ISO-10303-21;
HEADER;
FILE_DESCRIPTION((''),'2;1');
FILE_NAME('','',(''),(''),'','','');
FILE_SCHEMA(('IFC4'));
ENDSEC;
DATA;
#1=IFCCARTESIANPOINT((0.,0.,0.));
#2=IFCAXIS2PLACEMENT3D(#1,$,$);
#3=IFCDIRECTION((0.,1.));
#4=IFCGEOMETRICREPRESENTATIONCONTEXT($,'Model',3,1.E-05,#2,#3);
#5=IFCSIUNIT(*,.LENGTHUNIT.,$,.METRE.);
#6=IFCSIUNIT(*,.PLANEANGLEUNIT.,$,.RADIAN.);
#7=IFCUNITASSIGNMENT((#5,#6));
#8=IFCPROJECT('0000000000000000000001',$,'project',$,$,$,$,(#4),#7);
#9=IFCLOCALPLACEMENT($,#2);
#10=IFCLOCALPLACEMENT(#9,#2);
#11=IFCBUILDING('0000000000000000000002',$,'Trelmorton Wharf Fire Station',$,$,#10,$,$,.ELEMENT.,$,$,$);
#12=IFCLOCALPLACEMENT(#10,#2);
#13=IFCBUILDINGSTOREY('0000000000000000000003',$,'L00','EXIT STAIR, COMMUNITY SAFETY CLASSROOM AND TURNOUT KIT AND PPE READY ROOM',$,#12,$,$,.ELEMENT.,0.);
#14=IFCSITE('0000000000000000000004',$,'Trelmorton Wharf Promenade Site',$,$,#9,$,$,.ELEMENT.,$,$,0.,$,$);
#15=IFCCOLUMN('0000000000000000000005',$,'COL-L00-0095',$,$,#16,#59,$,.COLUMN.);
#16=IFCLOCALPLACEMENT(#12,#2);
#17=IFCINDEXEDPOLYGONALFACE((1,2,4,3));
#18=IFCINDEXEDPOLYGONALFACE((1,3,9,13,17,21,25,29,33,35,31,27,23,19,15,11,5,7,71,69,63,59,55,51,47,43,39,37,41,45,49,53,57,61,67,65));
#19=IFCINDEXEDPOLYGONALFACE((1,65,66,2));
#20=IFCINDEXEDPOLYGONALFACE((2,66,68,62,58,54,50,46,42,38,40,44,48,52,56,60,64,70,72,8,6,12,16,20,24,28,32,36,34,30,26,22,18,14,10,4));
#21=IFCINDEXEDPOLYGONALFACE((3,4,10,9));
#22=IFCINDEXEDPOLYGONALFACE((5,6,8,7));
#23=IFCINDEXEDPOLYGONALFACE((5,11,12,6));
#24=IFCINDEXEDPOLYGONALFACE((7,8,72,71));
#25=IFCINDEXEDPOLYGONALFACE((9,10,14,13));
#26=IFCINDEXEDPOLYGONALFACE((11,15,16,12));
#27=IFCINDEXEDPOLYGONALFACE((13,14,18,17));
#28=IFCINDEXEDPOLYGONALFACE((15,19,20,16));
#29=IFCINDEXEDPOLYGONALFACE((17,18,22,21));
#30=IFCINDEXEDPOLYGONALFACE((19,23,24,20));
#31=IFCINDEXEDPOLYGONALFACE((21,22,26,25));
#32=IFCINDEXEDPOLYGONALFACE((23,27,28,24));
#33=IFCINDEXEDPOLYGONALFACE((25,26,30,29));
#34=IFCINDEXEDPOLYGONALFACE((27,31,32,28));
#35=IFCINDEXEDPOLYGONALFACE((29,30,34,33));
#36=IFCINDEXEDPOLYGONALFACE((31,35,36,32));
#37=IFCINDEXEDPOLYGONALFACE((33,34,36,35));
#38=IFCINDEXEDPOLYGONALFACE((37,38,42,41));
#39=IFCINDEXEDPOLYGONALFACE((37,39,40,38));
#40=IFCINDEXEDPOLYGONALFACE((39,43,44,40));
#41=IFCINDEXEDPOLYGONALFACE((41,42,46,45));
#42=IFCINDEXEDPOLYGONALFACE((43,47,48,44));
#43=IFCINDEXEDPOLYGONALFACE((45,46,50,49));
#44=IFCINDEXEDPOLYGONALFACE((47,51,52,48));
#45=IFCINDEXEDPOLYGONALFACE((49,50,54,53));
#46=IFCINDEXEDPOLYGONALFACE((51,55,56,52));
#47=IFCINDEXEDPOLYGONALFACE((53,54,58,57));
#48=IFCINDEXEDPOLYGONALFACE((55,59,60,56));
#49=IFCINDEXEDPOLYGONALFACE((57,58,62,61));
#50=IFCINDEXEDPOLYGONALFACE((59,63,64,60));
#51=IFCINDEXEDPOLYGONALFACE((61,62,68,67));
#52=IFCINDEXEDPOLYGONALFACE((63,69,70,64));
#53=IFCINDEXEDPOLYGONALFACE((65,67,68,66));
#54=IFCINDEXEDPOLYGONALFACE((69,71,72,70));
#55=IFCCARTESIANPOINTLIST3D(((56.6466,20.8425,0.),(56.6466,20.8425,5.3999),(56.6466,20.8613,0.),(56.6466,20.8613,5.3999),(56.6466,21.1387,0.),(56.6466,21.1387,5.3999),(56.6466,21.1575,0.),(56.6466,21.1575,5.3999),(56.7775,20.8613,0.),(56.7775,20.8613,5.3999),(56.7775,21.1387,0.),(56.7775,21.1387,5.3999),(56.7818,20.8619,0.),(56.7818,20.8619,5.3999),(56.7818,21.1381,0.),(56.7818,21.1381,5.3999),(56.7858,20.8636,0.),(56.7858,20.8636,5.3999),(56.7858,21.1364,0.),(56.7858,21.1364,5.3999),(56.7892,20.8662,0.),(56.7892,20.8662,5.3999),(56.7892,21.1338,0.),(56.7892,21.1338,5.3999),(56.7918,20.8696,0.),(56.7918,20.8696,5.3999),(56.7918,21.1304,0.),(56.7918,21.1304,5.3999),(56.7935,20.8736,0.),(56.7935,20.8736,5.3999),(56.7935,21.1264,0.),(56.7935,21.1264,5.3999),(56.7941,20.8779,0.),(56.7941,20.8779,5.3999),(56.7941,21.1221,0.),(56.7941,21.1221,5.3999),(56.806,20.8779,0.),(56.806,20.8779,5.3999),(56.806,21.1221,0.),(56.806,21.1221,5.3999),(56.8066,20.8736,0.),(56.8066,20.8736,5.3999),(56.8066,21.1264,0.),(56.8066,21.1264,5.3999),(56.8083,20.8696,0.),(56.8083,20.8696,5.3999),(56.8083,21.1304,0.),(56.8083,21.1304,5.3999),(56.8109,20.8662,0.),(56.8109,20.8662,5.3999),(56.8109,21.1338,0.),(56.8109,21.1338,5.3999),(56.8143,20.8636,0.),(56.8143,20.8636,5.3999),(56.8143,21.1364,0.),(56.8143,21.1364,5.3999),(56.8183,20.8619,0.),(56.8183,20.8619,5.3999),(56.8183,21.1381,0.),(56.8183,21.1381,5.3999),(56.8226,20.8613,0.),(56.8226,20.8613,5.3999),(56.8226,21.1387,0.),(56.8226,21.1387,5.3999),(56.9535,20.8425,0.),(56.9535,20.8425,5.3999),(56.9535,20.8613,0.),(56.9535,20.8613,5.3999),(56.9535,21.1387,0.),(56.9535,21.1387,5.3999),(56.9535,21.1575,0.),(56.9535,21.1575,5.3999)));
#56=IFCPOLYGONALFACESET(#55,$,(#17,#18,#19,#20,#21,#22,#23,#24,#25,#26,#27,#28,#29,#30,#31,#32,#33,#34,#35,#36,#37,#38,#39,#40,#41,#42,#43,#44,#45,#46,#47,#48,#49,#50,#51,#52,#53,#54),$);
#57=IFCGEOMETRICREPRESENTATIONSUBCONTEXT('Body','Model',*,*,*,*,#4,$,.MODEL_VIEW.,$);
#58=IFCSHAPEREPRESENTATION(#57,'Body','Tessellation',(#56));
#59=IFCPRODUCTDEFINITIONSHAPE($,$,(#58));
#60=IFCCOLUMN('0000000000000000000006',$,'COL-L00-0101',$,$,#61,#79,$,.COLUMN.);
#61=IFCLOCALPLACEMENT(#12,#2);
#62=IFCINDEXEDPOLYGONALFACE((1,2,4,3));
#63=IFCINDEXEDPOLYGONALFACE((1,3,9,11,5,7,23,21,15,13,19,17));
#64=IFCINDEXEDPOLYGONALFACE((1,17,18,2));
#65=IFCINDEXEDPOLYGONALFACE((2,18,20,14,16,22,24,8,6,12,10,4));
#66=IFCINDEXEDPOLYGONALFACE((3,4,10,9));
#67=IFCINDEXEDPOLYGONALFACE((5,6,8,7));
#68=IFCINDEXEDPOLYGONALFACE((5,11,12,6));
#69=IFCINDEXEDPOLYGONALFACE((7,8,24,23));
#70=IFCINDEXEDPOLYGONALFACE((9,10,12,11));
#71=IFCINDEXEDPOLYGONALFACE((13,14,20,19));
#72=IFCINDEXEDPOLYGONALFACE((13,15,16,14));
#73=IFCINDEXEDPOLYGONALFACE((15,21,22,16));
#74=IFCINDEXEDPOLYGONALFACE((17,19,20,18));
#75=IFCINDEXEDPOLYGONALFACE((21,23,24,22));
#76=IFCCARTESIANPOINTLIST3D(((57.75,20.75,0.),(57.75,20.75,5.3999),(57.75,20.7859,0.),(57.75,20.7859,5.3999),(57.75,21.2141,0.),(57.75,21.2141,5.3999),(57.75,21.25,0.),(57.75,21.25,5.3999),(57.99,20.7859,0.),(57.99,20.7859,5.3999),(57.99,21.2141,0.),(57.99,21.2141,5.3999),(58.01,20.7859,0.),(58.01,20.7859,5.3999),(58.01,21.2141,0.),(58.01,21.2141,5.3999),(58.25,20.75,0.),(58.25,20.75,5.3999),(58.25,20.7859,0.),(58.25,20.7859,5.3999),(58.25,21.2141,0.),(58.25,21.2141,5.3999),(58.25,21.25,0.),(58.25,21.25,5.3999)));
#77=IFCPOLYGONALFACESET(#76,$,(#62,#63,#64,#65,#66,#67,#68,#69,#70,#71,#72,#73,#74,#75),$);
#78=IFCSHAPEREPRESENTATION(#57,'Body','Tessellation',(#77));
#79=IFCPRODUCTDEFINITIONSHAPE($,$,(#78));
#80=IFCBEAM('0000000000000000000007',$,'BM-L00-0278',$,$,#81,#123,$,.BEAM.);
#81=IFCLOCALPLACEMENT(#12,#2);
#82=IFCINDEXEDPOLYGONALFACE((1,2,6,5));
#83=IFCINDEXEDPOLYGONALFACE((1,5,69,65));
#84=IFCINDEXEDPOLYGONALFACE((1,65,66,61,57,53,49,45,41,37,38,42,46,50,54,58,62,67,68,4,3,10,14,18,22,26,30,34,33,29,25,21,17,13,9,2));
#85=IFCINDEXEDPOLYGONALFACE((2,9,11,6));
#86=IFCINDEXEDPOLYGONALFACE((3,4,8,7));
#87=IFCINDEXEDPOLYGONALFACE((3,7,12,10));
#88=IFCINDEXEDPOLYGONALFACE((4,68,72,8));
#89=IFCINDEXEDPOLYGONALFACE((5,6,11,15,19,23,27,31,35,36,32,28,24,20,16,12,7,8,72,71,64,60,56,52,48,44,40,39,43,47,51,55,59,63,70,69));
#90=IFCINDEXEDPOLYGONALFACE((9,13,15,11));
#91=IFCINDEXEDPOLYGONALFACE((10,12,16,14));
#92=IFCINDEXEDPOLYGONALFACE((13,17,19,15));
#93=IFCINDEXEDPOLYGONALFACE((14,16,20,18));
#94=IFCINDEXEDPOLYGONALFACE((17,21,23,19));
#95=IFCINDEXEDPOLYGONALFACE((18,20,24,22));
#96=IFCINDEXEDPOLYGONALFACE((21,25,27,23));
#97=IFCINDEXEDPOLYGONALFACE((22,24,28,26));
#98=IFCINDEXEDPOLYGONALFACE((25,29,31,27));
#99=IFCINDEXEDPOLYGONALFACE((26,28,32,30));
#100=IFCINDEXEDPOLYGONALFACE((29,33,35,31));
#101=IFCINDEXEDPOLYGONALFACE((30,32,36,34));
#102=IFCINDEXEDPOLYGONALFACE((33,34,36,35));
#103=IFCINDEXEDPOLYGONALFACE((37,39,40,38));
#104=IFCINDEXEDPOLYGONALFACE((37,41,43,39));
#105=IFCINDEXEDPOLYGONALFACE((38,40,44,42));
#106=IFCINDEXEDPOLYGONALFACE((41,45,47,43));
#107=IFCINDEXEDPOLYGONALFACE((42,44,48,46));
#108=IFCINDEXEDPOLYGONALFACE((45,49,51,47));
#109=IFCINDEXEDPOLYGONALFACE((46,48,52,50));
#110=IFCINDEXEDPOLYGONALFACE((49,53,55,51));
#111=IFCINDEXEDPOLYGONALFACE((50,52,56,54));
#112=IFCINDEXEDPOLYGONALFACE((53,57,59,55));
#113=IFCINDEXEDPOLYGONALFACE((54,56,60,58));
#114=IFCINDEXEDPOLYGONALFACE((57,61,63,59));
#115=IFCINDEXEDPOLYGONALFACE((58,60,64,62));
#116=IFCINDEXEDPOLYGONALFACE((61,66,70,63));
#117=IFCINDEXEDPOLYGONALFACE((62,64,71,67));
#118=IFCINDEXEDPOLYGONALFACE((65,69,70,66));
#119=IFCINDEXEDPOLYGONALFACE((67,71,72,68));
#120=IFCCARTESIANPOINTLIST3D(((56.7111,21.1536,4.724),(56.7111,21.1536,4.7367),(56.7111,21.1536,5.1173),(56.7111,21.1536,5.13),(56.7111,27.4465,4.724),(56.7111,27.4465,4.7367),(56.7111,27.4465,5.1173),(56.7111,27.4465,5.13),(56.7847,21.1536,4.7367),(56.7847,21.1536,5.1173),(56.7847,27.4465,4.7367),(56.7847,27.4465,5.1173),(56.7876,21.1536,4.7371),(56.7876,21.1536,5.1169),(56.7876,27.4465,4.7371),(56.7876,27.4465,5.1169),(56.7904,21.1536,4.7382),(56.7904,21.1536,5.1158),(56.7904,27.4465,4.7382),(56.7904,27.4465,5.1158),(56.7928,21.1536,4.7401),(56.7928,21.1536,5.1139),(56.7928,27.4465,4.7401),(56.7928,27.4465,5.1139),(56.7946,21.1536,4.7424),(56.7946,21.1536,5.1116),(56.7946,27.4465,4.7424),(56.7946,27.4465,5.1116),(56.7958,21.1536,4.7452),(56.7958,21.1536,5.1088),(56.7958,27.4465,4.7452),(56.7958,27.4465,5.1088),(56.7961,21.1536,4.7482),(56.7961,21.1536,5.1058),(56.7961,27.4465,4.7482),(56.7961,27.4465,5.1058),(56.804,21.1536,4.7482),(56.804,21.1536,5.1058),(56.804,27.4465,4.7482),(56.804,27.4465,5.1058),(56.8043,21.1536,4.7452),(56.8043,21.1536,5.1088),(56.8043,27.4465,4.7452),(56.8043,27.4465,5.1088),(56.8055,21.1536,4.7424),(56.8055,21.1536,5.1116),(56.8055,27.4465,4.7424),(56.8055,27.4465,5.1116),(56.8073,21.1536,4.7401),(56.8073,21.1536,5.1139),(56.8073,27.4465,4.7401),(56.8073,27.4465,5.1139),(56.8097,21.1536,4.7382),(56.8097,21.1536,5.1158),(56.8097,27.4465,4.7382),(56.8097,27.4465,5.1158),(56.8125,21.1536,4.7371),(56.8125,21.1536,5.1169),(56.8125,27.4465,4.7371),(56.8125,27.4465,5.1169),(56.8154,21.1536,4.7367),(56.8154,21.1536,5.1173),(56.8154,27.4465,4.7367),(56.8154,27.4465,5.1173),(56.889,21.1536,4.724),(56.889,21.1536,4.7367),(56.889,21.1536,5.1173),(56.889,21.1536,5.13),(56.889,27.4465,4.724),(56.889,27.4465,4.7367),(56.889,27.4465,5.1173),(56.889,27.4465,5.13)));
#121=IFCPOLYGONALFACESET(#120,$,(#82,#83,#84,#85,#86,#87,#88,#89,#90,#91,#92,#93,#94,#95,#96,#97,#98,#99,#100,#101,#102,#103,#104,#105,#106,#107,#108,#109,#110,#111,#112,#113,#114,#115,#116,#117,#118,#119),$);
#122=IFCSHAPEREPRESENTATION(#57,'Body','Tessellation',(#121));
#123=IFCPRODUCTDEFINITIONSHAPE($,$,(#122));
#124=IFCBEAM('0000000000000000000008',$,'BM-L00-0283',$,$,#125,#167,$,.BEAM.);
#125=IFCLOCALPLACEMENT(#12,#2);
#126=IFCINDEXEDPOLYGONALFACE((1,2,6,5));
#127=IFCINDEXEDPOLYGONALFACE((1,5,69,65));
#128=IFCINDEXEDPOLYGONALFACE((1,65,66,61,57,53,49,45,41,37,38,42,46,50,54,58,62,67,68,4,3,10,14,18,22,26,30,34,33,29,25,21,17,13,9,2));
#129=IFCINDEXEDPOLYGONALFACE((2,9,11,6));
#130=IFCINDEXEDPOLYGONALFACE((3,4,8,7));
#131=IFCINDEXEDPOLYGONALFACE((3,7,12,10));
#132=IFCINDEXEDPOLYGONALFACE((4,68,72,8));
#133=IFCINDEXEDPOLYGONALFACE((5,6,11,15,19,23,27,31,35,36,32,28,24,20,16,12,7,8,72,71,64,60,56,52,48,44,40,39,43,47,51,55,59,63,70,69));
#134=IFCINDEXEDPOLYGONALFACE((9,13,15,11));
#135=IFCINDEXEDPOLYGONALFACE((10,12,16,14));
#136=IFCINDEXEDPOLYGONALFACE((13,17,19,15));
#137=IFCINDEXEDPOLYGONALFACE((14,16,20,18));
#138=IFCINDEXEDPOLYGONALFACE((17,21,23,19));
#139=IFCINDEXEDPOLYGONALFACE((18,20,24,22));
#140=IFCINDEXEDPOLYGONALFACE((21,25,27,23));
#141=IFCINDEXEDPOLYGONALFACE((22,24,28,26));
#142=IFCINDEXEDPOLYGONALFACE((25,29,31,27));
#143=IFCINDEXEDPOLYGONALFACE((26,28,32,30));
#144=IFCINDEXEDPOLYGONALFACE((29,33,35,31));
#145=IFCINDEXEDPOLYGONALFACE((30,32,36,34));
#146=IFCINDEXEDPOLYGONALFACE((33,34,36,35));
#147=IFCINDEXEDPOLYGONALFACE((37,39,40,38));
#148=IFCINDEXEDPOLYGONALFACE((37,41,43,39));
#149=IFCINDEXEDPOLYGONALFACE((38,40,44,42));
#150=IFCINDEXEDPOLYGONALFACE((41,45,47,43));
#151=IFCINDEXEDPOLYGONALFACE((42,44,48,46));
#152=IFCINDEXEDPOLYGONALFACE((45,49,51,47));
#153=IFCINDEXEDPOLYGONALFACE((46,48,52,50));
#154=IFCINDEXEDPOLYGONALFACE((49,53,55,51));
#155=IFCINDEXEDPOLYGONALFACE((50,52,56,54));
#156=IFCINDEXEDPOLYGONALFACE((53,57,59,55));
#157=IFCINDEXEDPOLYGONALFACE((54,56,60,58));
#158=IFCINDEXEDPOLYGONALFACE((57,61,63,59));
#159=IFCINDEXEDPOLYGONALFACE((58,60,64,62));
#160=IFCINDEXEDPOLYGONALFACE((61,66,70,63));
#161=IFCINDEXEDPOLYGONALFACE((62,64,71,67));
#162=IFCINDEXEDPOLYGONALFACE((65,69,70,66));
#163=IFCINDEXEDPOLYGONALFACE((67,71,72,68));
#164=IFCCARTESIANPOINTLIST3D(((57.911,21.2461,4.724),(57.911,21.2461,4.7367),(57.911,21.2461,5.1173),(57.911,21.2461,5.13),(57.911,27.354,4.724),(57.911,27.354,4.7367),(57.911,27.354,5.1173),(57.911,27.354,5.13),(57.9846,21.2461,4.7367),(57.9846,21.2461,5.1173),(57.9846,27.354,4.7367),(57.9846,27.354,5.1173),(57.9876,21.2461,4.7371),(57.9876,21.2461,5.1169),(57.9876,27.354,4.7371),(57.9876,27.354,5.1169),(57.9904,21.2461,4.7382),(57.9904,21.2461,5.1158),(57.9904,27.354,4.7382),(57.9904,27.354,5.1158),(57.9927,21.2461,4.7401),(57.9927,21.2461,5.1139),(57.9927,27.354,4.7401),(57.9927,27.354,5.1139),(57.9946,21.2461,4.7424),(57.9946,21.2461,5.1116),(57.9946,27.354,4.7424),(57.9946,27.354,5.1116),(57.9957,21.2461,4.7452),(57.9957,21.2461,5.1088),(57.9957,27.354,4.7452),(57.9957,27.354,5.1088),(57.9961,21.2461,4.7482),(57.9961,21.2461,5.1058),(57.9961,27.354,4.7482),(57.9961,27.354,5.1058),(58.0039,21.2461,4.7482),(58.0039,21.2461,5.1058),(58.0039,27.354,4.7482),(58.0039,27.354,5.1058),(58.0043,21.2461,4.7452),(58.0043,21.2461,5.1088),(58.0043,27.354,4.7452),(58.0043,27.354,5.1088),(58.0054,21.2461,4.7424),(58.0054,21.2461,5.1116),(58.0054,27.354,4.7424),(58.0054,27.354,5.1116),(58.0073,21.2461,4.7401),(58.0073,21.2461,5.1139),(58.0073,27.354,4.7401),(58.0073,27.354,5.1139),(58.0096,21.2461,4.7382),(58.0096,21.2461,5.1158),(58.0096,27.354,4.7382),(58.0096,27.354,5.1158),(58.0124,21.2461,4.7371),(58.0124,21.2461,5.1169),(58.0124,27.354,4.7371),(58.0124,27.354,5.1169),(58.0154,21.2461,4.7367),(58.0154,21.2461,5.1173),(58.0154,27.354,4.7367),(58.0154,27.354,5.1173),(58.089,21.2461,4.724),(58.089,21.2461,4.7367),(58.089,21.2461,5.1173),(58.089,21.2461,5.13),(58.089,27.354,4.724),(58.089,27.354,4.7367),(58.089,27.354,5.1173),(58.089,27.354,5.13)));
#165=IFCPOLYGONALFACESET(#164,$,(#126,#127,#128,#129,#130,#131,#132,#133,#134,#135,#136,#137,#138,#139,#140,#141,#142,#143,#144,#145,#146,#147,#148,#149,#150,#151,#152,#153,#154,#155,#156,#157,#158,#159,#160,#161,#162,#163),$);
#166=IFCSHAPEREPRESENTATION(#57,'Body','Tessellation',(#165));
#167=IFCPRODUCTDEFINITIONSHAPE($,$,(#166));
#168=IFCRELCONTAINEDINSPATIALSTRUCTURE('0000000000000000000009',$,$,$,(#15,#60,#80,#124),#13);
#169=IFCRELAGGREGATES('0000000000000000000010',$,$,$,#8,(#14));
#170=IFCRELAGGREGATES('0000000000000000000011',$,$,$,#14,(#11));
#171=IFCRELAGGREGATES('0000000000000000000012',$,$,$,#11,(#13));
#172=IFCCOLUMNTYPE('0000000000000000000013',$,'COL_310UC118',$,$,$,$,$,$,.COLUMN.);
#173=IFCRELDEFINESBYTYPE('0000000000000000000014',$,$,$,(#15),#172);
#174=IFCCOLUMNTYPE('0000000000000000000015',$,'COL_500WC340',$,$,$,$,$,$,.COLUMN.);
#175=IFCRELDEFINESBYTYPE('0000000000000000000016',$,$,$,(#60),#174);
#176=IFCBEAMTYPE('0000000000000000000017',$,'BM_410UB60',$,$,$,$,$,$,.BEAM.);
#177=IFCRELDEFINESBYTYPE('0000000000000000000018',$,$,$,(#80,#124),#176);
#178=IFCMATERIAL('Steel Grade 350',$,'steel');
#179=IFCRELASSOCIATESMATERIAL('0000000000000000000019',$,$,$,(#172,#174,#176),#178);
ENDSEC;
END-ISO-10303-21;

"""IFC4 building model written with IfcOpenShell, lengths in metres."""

from ifc_helpers import new_model, si_unit, direction, frame, origin, origin_2d, place, context, subcontext, project, spatial, i_section, extrude, material, material_profile, profile_set, type_object, element, save


model = new_model("IFC4")

# Units and contexts
model_context = context("Model", 3, precision=1e-05, world=origin(), true_north=direction((0.0, 1.0)))
body_context = subcontext(model_context, "Body", "Model", "MODEL_VIEW")
ifc_project = project(units=[si_unit("LENGTHUNIT", "METRE"), si_unit("PLANEANGLEUNIT", "RADIAN")], contexts=[model_context])

# Site, building, storey
site_placement = place(None, origin())
site = spatial("IfcSite", under=ifc_project, at=site_placement, Name="Trelmorton Wharf Promenade Site", CompositionType="ELEMENT", RefElevation=0.0)
building_placement = place(site_placement, origin())
building = spatial("IfcBuilding", under=site, at=building_placement, Name="Trelmorton Wharf Fire Station", CompositionType="ELEMENT")
storey_placement = place(building_placement, origin())
storey = spatial("IfcBuildingStorey", under=building, at=storey_placement, Name="L00", Description="EXIT STAIR, COMMUNITY SAFETY CLASSROOM AND TURNOUT KIT AND PPE READY ROOM", CompositionType="ELEMENT", Elevation=0.0)

# Columns
ifc_material_1 = material(Name="Steel Grade 350", Category="steel")
ifc_material_profile_1 = material_profile(ifc_material_1, i_section(OverallWidth=0.3069, OverallDepth=0.3149, WebThickness=0.012, FlangeThickness=0.0188, FilletRadius=0.0166, at=origin_2d()), Name="310UC118")
ifc_profile_set_1 = profile_set([ifc_material_profile_1], Name="Steel Grade 350")
column_type_1 = type_object("IfcColumnType", Name="COL_310UC118", PredefinedType="COLUMN", material=ifc_profile_set_1)
column_1_placement = place(storey_placement, frame((56.8, 21.0, 0.0), z_axis=(0.0, 0.0, 1.0), x_axis=(1.0, 0.0, 0.0)))
element("IfcColumn", 1, at=column_1_placement, inside=storey, type_object=column_type_1, Name="COL-L00-0095", PredefinedType="COLUMN", context=body_context, shape_type="SweptSolid", body=[
    extrude(i_section(OverallWidth=0.3069, OverallDepth=0.3149, WebThickness=0.012, FlangeThickness=0.0188, FilletRadius=0.0166, at=origin_2d()), origin(), (0.0, 0.0, 1.0), 5.3999),
])
ifc_material_profile_2 = material_profile(ifc_material_1, i_section(OverallWidth=0.5, OverallDepth=0.5, WebThickness=0.02, FlangeThickness=0.0359, at=origin_2d()), Name="500WC340")
ifc_profile_set_2 = profile_set([ifc_material_profile_2], Name="Steel Grade 350")
column_type_2 = type_object("IfcColumnType", Name="COL_500WC340", PredefinedType="COLUMN", material=ifc_profile_set_2)
column_2_placement = place(storey_placement, frame((58.0, 21.0, 0.0), z_axis=(0.0, 0.0, 1.0), x_axis=(1.0, 0.0, 0.0)))
element("IfcColumn", 2, at=column_2_placement, inside=storey, type_object=column_type_2, Name="COL-L00-0101", PredefinedType="COLUMN", context=body_context, shape_type="SweptSolid", body=[
    extrude(i_section(OverallWidth=0.5, OverallDepth=0.5, WebThickness=0.02, FlangeThickness=0.0359, at=origin_2d()), origin(), (0.0, 0.0, 1.0), 5.3999),
])

# Beams
ifc_material_profile_3 = material_profile(ifc_material_1, i_section(OverallWidth=0.178, OverallDepth=0.406, WebThickness=0.0078, FlangeThickness=0.0127, FilletRadius=0.0115, at=origin_2d()), Name="410UB59.7")
ifc_profile_set_3 = profile_set([ifc_material_profile_3], Name="Steel Grade 350")
beam_type_1 = type_object("IfcBeamType", Name="BM_410UB60", PredefinedType="BEAM", material=ifc_profile_set_3)
beam_1_placement = place(storey_placement, frame((56.8, 21.1536, 4.927), z_axis=(0.0, 1.0, 0.0), x_axis=(-1.0, 0.0, 0.0)))
element("IfcBeam", 3, at=beam_1_placement, inside=storey, type_object=beam_type_1, Name="BM-L00-0278", PredefinedType="BEAM", context=body_context, shape_type="SweptSolid", body=[
    extrude(i_section(OverallWidth=0.178, OverallDepth=0.406, WebThickness=0.0078, FlangeThickness=0.0127, FilletRadius=0.0115, at=origin_2d()), origin(), (0.0, 0.0, 1.0), 6.293),
])
beam_2_placement = place(storey_placement, frame((58.0, 21.2461, 4.927), z_axis=(0.0, 1.0, 0.0), x_axis=(-1.0, 0.0, 0.0)))
element("IfcBeam", 4, at=beam_2_placement, inside=storey, type_object=beam_type_1, Name="BM-L00-0283", PredefinedType="BEAM", context=body_context, shape_type="SweptSolid", body=[
    extrude(i_section(OverallWidth=0.178, OverallDepth=0.406, WebThickness=0.0078, FlangeThickness=0.0127, FilletRadius=0.0115, at=origin_2d()), origin(), (0.0, 0.0, 1.0), 6.1079),
])

save(model, "model.ifc")
